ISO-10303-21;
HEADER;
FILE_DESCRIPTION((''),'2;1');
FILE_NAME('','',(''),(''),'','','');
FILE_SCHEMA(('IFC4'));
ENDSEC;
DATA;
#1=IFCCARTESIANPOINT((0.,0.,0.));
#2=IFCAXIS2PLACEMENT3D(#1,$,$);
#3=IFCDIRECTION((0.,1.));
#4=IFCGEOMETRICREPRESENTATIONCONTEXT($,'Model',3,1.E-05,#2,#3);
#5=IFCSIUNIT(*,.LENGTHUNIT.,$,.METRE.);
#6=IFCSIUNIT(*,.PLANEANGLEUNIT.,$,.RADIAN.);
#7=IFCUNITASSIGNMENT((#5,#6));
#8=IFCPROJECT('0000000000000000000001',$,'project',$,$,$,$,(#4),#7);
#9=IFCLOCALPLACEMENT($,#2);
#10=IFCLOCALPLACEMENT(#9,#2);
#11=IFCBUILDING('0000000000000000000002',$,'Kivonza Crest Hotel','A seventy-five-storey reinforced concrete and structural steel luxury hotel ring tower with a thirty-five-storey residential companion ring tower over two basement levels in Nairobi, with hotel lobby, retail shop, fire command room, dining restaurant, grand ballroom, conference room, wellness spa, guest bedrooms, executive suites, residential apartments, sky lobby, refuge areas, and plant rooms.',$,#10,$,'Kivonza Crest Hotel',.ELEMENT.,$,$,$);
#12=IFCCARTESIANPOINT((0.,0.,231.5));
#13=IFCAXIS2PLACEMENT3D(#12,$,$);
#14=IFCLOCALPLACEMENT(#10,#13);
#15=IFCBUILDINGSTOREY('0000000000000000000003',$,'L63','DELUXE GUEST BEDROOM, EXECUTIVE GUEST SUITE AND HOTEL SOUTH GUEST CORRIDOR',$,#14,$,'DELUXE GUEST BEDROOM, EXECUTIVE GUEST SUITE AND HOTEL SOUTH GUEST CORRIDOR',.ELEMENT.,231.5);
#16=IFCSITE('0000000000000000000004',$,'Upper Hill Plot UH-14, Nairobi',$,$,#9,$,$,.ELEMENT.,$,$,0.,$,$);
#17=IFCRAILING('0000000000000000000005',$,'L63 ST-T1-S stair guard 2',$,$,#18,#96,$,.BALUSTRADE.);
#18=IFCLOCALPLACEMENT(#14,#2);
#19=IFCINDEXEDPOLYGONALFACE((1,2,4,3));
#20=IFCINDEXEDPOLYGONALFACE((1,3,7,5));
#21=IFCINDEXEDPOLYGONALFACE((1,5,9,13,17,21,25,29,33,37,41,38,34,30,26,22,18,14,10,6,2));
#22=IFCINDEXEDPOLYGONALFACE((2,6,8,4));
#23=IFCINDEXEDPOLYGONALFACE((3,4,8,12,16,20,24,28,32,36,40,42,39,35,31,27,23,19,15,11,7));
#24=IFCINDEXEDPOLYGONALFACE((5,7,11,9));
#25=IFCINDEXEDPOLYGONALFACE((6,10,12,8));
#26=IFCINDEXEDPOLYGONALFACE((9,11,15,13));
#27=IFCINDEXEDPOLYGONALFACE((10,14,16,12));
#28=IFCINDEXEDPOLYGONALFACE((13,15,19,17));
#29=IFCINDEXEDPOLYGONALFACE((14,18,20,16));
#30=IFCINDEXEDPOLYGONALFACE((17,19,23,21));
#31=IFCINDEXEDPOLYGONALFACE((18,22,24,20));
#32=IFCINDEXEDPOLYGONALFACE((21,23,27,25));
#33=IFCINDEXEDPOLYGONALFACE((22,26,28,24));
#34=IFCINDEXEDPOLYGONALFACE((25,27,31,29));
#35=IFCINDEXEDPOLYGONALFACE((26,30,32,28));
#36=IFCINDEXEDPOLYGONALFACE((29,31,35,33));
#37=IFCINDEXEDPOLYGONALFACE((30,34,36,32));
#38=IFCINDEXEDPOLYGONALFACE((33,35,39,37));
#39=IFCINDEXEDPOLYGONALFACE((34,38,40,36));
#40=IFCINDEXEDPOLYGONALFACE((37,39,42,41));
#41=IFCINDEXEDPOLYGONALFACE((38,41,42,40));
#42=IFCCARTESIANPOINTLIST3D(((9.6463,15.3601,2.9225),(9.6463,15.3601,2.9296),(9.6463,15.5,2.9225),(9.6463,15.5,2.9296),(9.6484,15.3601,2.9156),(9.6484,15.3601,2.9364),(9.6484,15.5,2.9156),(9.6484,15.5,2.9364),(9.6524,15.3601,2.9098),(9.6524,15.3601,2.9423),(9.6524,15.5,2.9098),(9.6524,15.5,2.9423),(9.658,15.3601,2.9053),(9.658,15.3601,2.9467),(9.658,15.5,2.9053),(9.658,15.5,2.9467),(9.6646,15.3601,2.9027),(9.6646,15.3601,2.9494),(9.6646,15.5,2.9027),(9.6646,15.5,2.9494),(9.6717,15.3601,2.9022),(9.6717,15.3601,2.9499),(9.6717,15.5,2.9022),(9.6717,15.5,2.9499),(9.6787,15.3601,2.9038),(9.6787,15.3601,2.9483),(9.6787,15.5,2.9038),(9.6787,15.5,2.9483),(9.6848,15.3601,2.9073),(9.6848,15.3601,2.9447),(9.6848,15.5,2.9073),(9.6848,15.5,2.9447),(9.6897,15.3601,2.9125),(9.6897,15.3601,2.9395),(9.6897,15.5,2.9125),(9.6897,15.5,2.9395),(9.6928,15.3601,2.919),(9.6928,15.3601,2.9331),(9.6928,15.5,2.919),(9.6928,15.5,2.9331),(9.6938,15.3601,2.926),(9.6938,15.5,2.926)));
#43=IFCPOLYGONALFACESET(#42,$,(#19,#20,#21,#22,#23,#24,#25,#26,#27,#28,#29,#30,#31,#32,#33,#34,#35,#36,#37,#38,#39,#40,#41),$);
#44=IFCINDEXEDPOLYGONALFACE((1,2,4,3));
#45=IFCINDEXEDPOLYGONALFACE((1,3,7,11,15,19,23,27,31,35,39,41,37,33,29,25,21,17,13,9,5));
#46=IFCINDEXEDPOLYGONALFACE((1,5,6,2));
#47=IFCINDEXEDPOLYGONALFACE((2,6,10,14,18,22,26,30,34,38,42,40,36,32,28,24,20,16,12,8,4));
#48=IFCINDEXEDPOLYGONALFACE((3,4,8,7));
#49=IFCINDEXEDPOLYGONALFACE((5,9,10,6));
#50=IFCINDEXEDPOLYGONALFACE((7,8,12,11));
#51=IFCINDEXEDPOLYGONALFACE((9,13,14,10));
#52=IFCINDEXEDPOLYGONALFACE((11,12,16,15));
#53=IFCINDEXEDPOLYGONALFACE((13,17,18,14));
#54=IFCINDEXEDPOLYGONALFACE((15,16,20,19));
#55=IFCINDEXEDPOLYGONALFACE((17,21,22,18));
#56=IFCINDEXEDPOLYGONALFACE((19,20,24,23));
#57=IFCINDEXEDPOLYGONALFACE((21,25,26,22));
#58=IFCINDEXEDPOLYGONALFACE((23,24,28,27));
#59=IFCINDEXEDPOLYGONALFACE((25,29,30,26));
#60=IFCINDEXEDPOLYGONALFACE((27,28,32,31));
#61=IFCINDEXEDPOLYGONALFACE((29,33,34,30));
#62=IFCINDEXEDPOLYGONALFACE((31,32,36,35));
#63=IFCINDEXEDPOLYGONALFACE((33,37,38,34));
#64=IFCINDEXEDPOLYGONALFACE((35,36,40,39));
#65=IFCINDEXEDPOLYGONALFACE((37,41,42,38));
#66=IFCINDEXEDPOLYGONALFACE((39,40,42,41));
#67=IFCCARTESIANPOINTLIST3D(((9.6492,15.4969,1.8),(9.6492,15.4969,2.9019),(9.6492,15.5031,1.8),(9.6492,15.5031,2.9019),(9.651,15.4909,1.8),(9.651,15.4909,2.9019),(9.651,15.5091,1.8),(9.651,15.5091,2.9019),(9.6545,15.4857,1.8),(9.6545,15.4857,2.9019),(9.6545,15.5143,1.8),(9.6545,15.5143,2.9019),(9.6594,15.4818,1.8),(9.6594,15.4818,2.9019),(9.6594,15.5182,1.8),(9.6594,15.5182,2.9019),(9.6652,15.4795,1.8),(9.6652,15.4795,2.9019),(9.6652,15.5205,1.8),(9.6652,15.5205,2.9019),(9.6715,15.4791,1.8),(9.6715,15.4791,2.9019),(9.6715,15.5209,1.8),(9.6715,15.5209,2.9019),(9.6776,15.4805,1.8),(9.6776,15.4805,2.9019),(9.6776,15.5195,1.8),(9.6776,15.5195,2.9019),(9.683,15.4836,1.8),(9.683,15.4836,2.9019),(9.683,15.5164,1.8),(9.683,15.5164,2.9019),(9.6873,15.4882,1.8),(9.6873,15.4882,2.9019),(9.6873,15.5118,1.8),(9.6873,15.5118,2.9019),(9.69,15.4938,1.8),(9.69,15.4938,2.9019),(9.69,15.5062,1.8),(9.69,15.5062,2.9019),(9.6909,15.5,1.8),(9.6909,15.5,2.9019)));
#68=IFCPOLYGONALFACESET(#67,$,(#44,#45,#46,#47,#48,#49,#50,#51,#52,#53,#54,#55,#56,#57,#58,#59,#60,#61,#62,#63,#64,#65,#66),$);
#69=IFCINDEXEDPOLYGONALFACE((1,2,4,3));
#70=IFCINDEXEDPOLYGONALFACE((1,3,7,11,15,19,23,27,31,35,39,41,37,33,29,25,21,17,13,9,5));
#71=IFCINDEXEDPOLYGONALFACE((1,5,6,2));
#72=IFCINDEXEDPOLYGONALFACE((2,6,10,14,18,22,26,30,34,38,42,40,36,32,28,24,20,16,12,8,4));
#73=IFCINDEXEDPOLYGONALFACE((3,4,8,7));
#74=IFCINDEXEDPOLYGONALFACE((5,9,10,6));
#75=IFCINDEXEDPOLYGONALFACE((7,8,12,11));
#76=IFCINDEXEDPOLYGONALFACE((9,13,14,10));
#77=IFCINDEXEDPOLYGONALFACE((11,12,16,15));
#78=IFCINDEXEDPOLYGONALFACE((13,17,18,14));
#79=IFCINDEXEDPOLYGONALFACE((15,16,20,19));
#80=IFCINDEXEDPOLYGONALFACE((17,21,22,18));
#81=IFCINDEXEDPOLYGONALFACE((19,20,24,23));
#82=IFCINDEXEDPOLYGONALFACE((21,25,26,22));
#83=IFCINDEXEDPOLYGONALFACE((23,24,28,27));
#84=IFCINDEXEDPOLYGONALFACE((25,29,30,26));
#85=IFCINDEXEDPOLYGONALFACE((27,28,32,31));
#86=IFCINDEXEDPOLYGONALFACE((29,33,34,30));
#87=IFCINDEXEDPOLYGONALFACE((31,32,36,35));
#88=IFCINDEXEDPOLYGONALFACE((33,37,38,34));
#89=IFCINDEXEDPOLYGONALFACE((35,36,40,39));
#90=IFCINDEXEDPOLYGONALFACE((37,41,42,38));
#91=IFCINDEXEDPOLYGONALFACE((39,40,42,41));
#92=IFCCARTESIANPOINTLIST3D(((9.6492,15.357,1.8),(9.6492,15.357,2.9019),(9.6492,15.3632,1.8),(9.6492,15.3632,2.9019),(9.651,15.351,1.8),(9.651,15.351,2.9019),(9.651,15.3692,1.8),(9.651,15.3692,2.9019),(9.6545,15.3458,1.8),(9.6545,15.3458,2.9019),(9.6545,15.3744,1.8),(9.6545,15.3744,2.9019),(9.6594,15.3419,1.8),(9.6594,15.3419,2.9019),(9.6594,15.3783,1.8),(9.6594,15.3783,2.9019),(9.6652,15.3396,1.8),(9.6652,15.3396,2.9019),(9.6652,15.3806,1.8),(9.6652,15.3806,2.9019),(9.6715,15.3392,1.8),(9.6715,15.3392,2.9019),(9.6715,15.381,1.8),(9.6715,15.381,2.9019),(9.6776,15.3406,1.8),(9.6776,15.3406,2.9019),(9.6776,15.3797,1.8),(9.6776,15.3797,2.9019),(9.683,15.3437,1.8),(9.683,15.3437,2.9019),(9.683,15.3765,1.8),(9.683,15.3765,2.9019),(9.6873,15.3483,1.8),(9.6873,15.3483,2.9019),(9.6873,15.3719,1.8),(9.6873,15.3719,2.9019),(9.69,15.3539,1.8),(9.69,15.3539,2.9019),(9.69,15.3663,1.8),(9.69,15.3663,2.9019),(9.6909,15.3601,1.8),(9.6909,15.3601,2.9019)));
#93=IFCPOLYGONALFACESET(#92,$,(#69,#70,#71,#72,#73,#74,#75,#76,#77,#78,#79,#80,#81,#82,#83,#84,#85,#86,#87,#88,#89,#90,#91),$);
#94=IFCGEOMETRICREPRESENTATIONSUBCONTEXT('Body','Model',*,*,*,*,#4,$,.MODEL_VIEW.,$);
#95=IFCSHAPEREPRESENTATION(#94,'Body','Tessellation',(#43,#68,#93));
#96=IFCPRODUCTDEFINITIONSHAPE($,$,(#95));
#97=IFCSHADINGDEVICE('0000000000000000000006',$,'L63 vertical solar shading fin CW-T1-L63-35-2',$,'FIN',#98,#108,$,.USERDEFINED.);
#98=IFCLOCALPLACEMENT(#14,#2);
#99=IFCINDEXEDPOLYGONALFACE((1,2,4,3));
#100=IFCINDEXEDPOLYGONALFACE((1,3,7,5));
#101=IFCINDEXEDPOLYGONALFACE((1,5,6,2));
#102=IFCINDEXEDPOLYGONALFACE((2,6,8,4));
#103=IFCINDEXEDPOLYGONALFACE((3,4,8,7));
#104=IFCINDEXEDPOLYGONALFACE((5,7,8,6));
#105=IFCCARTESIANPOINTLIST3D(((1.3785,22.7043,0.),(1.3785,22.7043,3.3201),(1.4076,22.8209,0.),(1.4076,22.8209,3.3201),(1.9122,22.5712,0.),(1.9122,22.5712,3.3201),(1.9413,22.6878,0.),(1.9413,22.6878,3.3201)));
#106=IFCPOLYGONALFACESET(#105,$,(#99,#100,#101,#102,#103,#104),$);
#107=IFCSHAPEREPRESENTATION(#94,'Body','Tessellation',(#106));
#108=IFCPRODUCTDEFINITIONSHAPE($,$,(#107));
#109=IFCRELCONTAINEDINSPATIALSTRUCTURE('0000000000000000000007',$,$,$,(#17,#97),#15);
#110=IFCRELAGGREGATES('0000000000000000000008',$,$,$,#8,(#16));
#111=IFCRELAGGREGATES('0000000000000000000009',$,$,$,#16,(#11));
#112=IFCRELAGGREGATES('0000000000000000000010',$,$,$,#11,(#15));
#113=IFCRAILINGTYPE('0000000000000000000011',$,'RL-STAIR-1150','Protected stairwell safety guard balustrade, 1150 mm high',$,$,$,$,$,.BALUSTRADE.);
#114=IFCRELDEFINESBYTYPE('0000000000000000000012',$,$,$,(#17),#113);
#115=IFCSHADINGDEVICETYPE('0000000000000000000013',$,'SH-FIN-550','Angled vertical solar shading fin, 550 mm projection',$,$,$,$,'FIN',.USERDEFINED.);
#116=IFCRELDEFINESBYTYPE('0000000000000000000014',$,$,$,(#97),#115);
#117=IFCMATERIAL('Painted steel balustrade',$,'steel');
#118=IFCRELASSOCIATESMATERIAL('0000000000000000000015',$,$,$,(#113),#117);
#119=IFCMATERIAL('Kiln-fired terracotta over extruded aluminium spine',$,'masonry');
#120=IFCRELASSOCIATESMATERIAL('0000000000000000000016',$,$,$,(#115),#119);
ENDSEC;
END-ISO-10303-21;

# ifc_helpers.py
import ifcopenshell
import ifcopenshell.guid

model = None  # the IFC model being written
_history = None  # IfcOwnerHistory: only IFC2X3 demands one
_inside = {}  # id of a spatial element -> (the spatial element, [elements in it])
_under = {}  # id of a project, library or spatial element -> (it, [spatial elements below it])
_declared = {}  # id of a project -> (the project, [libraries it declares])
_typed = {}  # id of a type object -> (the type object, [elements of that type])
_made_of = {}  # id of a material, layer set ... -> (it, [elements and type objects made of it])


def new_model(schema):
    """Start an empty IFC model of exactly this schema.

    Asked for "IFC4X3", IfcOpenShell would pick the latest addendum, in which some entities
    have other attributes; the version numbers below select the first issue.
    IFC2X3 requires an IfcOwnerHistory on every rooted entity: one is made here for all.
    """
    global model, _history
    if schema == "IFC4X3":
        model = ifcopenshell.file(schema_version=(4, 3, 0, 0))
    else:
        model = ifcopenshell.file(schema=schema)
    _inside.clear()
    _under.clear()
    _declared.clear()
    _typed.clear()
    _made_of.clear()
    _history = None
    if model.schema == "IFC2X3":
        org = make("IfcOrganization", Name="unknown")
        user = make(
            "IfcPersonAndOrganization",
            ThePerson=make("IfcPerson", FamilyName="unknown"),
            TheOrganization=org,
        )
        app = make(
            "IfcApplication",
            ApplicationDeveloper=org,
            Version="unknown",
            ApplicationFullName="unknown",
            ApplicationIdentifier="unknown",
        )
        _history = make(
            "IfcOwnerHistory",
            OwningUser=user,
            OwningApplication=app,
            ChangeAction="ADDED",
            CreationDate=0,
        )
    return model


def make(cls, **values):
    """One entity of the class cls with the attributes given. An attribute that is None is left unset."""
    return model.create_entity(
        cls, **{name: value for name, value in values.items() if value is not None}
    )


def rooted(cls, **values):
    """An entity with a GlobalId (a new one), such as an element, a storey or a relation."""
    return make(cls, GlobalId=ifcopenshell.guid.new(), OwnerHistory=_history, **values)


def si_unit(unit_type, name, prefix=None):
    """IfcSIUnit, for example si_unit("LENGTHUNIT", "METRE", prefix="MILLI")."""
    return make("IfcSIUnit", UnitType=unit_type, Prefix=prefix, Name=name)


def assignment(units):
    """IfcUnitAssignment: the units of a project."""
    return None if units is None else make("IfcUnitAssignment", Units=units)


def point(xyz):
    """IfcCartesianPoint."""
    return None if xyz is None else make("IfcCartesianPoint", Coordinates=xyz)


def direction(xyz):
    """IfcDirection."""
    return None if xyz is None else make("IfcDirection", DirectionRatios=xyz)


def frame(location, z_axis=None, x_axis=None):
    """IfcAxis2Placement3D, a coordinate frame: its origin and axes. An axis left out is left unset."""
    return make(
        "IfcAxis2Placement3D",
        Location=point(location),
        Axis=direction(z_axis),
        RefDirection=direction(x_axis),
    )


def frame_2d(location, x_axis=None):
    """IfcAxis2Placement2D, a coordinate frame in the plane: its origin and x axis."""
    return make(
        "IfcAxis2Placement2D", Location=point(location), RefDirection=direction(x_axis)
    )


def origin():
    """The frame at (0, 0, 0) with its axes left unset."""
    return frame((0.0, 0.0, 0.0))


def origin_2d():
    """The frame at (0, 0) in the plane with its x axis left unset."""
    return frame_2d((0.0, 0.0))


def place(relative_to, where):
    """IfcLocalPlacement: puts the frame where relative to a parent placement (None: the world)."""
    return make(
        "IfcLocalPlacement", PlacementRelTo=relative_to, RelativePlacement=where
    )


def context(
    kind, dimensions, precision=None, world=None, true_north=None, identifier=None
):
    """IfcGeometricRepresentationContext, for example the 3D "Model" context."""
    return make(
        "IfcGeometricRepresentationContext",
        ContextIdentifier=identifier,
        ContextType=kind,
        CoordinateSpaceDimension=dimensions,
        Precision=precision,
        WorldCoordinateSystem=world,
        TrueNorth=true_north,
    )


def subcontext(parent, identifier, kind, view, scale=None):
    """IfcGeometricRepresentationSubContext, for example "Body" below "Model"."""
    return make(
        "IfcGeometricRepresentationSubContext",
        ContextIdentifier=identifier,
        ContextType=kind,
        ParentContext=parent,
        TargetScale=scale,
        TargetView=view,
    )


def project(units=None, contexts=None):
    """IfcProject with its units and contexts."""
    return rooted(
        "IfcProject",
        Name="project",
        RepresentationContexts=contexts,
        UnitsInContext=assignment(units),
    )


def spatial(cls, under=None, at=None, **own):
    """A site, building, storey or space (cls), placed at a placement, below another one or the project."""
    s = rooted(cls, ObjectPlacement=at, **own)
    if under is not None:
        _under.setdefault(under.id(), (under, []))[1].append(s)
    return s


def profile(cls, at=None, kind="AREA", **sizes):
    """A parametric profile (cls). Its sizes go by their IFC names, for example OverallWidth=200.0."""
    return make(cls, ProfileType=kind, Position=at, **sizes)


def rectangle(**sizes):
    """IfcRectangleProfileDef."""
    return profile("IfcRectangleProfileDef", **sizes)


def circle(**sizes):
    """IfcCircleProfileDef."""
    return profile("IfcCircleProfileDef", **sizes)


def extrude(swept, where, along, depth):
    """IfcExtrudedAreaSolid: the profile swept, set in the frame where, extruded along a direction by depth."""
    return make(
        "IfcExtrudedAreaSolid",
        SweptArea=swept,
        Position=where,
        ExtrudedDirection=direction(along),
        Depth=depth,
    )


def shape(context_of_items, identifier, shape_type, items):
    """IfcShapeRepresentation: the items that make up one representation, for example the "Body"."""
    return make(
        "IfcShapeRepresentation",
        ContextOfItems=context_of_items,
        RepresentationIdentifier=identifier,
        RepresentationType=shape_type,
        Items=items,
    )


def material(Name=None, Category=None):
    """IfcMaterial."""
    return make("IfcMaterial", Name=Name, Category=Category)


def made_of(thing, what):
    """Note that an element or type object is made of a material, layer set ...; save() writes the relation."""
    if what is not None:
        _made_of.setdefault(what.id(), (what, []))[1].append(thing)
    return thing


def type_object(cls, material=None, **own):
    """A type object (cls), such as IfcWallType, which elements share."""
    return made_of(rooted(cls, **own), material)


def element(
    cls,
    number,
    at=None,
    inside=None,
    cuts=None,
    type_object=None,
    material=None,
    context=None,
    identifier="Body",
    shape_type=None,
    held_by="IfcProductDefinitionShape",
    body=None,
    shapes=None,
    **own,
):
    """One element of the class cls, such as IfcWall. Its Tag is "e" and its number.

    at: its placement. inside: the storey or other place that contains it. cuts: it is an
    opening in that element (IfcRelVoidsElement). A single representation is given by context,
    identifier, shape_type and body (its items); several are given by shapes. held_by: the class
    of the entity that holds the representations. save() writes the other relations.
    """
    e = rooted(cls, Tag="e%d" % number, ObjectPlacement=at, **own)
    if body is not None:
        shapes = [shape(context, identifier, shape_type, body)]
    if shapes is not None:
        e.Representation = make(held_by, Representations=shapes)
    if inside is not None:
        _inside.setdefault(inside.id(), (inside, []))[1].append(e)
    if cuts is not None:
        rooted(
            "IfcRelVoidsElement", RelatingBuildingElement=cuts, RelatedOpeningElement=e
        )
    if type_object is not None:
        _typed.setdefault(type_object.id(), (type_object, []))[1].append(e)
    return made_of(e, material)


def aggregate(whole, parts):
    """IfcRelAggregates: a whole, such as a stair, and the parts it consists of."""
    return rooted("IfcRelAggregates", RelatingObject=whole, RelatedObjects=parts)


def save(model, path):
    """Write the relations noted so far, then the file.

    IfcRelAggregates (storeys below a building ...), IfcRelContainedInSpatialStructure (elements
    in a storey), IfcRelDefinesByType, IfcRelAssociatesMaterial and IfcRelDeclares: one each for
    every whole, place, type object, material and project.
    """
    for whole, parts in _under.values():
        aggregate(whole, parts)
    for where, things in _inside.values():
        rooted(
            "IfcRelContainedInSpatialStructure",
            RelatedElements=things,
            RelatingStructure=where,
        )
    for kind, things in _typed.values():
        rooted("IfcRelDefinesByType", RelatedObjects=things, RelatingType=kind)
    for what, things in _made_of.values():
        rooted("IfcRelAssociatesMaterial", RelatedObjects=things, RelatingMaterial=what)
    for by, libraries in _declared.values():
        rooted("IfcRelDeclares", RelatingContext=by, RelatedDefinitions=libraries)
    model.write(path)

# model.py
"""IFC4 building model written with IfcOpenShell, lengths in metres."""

from ifc_helpers import new_model, si_unit, direction, frame, origin, origin_2d, place, context, subcontext, project, spatial, rectangle, circle, extrude, material, type_object, element, save


model = new_model("IFC4")

# Units and contexts
model_context = context("Model", 3, precision=1e-05, world=origin(), true_north=direction((0.0, 1.0)))
body_context = subcontext(model_context, "Body", "Model", "MODEL_VIEW")
ifc_project = project(units=[si_unit("LENGTHUNIT", "METRE"), si_unit("PLANEANGLEUNIT", "RADIAN")], contexts=[model_context])

# Site, building, storey
site_placement = place(None, origin())
site = spatial("IfcSite", under=ifc_project, at=site_placement, Name="Upper Hill Plot UH-14, Nairobi", CompositionType="ELEMENT", RefElevation=0.0)
building_placement = place(site_placement, origin())
building = spatial("IfcBuilding", under=site, at=building_placement, Name="Kivonza Crest Hotel", Description="A seventy-five-storey reinforced concrete and structural steel luxury hotel ring tower with a thirty-five-storey residential companion ring tower over two basement levels in Nairobi, with hotel lobby, retail shop, fire command room, dining restaurant, grand ballroom, conference room, wellness spa, guest bedrooms, executive suites, residential apartments, sky lobby, refuge areas, and plant rooms.", LongName="Kivonza Crest Hotel", CompositionType="ELEMENT")
storey_placement = place(building_placement, frame((0.0, 0.0, 231.5)))
storey = spatial("IfcBuildingStorey", under=building, at=storey_placement, Name="L63", Description="DELUXE GUEST BEDROOM, EXECUTIVE GUEST SUITE AND HOTEL SOUTH GUEST CORRIDOR", LongName="DELUXE GUEST BEDROOM, EXECUTIVE GUEST SUITE AND HOTEL SOUTH GUEST CORRIDOR", CompositionType="ELEMENT", Elevation=231.5)

# Railing
ifc_material_1 = material(Name="Painted steel balustrade", Category="steel")
railing_type_1 = type_object("IfcRailingType", Name="RL-STAIR-1150", Description="Protected stairwell safety guard balustrade, 1150 mm high", PredefinedType="BALUSTRADE", material=ifc_material_1)
railing_1_placement = place(storey_placement, frame((9.6699, 15.5, 1.8)))
element("IfcRailing", 1, at=railing_1_placement, inside=storey, type_object=railing_type_1, Name="L63 ST-T1-S stair guard 2", PredefinedType="BALUSTRADE", context=body_context, shape_type="SweptSolid", body=[
    extrude(circle(Radius=0.0239, at=origin_2d()), frame((0.0, 0.0, 1.126), z_axis=(0.0, -1.0, 0.0), x_axis=(1.0, 0.0, 0.0)), (0.0, 0.0, 1.0), 0.1399),
    extrude(circle(Radius=0.021, at=origin_2d()), origin(), (0.0, 0.0, 1.0), 1.1018),
    extrude(circle(Radius=0.021, at=origin_2d()), frame((0.0, -0.1399, 0.0)), (0.0, 0.0, 1.0), 1.1018),
])

# Shading device
ifc_material_2 = material(Name="Kiln-fired terracotta over extruded aluminium spine", Category="masonry")
shading_device_type = type_object("IfcShadingDeviceType", Name="SH-FIN-550", Description="Angled vertical solar shading fin, 550 mm projection", ElementType="FIN", PredefinedType="USERDEFINED", material=ifc_material_2)
shading_device_placement = place(storey_placement, frame((1.6599, 22.696, 0.0), z_axis=(0.0, 0.0, 1.0), x_axis=(-0.241922, -0.970296, 0.0)))
element("IfcShadingDevice", 2, at=shading_device_placement, inside=storey, type_object=shading_device_type, Name="L63 vertical solar shading fin CW-T1-L63-35-2", ObjectType="FIN", PredefinedType="USERDEFINED", context=body_context, shape_type="SweptSolid", body=[
    extrude(rectangle(XDim=0.1201, YDim=0.55, at=origin_2d()), origin(), (0.0, 0.0, 1.0), 3.3201),
])

save(model, "model.ifc")
